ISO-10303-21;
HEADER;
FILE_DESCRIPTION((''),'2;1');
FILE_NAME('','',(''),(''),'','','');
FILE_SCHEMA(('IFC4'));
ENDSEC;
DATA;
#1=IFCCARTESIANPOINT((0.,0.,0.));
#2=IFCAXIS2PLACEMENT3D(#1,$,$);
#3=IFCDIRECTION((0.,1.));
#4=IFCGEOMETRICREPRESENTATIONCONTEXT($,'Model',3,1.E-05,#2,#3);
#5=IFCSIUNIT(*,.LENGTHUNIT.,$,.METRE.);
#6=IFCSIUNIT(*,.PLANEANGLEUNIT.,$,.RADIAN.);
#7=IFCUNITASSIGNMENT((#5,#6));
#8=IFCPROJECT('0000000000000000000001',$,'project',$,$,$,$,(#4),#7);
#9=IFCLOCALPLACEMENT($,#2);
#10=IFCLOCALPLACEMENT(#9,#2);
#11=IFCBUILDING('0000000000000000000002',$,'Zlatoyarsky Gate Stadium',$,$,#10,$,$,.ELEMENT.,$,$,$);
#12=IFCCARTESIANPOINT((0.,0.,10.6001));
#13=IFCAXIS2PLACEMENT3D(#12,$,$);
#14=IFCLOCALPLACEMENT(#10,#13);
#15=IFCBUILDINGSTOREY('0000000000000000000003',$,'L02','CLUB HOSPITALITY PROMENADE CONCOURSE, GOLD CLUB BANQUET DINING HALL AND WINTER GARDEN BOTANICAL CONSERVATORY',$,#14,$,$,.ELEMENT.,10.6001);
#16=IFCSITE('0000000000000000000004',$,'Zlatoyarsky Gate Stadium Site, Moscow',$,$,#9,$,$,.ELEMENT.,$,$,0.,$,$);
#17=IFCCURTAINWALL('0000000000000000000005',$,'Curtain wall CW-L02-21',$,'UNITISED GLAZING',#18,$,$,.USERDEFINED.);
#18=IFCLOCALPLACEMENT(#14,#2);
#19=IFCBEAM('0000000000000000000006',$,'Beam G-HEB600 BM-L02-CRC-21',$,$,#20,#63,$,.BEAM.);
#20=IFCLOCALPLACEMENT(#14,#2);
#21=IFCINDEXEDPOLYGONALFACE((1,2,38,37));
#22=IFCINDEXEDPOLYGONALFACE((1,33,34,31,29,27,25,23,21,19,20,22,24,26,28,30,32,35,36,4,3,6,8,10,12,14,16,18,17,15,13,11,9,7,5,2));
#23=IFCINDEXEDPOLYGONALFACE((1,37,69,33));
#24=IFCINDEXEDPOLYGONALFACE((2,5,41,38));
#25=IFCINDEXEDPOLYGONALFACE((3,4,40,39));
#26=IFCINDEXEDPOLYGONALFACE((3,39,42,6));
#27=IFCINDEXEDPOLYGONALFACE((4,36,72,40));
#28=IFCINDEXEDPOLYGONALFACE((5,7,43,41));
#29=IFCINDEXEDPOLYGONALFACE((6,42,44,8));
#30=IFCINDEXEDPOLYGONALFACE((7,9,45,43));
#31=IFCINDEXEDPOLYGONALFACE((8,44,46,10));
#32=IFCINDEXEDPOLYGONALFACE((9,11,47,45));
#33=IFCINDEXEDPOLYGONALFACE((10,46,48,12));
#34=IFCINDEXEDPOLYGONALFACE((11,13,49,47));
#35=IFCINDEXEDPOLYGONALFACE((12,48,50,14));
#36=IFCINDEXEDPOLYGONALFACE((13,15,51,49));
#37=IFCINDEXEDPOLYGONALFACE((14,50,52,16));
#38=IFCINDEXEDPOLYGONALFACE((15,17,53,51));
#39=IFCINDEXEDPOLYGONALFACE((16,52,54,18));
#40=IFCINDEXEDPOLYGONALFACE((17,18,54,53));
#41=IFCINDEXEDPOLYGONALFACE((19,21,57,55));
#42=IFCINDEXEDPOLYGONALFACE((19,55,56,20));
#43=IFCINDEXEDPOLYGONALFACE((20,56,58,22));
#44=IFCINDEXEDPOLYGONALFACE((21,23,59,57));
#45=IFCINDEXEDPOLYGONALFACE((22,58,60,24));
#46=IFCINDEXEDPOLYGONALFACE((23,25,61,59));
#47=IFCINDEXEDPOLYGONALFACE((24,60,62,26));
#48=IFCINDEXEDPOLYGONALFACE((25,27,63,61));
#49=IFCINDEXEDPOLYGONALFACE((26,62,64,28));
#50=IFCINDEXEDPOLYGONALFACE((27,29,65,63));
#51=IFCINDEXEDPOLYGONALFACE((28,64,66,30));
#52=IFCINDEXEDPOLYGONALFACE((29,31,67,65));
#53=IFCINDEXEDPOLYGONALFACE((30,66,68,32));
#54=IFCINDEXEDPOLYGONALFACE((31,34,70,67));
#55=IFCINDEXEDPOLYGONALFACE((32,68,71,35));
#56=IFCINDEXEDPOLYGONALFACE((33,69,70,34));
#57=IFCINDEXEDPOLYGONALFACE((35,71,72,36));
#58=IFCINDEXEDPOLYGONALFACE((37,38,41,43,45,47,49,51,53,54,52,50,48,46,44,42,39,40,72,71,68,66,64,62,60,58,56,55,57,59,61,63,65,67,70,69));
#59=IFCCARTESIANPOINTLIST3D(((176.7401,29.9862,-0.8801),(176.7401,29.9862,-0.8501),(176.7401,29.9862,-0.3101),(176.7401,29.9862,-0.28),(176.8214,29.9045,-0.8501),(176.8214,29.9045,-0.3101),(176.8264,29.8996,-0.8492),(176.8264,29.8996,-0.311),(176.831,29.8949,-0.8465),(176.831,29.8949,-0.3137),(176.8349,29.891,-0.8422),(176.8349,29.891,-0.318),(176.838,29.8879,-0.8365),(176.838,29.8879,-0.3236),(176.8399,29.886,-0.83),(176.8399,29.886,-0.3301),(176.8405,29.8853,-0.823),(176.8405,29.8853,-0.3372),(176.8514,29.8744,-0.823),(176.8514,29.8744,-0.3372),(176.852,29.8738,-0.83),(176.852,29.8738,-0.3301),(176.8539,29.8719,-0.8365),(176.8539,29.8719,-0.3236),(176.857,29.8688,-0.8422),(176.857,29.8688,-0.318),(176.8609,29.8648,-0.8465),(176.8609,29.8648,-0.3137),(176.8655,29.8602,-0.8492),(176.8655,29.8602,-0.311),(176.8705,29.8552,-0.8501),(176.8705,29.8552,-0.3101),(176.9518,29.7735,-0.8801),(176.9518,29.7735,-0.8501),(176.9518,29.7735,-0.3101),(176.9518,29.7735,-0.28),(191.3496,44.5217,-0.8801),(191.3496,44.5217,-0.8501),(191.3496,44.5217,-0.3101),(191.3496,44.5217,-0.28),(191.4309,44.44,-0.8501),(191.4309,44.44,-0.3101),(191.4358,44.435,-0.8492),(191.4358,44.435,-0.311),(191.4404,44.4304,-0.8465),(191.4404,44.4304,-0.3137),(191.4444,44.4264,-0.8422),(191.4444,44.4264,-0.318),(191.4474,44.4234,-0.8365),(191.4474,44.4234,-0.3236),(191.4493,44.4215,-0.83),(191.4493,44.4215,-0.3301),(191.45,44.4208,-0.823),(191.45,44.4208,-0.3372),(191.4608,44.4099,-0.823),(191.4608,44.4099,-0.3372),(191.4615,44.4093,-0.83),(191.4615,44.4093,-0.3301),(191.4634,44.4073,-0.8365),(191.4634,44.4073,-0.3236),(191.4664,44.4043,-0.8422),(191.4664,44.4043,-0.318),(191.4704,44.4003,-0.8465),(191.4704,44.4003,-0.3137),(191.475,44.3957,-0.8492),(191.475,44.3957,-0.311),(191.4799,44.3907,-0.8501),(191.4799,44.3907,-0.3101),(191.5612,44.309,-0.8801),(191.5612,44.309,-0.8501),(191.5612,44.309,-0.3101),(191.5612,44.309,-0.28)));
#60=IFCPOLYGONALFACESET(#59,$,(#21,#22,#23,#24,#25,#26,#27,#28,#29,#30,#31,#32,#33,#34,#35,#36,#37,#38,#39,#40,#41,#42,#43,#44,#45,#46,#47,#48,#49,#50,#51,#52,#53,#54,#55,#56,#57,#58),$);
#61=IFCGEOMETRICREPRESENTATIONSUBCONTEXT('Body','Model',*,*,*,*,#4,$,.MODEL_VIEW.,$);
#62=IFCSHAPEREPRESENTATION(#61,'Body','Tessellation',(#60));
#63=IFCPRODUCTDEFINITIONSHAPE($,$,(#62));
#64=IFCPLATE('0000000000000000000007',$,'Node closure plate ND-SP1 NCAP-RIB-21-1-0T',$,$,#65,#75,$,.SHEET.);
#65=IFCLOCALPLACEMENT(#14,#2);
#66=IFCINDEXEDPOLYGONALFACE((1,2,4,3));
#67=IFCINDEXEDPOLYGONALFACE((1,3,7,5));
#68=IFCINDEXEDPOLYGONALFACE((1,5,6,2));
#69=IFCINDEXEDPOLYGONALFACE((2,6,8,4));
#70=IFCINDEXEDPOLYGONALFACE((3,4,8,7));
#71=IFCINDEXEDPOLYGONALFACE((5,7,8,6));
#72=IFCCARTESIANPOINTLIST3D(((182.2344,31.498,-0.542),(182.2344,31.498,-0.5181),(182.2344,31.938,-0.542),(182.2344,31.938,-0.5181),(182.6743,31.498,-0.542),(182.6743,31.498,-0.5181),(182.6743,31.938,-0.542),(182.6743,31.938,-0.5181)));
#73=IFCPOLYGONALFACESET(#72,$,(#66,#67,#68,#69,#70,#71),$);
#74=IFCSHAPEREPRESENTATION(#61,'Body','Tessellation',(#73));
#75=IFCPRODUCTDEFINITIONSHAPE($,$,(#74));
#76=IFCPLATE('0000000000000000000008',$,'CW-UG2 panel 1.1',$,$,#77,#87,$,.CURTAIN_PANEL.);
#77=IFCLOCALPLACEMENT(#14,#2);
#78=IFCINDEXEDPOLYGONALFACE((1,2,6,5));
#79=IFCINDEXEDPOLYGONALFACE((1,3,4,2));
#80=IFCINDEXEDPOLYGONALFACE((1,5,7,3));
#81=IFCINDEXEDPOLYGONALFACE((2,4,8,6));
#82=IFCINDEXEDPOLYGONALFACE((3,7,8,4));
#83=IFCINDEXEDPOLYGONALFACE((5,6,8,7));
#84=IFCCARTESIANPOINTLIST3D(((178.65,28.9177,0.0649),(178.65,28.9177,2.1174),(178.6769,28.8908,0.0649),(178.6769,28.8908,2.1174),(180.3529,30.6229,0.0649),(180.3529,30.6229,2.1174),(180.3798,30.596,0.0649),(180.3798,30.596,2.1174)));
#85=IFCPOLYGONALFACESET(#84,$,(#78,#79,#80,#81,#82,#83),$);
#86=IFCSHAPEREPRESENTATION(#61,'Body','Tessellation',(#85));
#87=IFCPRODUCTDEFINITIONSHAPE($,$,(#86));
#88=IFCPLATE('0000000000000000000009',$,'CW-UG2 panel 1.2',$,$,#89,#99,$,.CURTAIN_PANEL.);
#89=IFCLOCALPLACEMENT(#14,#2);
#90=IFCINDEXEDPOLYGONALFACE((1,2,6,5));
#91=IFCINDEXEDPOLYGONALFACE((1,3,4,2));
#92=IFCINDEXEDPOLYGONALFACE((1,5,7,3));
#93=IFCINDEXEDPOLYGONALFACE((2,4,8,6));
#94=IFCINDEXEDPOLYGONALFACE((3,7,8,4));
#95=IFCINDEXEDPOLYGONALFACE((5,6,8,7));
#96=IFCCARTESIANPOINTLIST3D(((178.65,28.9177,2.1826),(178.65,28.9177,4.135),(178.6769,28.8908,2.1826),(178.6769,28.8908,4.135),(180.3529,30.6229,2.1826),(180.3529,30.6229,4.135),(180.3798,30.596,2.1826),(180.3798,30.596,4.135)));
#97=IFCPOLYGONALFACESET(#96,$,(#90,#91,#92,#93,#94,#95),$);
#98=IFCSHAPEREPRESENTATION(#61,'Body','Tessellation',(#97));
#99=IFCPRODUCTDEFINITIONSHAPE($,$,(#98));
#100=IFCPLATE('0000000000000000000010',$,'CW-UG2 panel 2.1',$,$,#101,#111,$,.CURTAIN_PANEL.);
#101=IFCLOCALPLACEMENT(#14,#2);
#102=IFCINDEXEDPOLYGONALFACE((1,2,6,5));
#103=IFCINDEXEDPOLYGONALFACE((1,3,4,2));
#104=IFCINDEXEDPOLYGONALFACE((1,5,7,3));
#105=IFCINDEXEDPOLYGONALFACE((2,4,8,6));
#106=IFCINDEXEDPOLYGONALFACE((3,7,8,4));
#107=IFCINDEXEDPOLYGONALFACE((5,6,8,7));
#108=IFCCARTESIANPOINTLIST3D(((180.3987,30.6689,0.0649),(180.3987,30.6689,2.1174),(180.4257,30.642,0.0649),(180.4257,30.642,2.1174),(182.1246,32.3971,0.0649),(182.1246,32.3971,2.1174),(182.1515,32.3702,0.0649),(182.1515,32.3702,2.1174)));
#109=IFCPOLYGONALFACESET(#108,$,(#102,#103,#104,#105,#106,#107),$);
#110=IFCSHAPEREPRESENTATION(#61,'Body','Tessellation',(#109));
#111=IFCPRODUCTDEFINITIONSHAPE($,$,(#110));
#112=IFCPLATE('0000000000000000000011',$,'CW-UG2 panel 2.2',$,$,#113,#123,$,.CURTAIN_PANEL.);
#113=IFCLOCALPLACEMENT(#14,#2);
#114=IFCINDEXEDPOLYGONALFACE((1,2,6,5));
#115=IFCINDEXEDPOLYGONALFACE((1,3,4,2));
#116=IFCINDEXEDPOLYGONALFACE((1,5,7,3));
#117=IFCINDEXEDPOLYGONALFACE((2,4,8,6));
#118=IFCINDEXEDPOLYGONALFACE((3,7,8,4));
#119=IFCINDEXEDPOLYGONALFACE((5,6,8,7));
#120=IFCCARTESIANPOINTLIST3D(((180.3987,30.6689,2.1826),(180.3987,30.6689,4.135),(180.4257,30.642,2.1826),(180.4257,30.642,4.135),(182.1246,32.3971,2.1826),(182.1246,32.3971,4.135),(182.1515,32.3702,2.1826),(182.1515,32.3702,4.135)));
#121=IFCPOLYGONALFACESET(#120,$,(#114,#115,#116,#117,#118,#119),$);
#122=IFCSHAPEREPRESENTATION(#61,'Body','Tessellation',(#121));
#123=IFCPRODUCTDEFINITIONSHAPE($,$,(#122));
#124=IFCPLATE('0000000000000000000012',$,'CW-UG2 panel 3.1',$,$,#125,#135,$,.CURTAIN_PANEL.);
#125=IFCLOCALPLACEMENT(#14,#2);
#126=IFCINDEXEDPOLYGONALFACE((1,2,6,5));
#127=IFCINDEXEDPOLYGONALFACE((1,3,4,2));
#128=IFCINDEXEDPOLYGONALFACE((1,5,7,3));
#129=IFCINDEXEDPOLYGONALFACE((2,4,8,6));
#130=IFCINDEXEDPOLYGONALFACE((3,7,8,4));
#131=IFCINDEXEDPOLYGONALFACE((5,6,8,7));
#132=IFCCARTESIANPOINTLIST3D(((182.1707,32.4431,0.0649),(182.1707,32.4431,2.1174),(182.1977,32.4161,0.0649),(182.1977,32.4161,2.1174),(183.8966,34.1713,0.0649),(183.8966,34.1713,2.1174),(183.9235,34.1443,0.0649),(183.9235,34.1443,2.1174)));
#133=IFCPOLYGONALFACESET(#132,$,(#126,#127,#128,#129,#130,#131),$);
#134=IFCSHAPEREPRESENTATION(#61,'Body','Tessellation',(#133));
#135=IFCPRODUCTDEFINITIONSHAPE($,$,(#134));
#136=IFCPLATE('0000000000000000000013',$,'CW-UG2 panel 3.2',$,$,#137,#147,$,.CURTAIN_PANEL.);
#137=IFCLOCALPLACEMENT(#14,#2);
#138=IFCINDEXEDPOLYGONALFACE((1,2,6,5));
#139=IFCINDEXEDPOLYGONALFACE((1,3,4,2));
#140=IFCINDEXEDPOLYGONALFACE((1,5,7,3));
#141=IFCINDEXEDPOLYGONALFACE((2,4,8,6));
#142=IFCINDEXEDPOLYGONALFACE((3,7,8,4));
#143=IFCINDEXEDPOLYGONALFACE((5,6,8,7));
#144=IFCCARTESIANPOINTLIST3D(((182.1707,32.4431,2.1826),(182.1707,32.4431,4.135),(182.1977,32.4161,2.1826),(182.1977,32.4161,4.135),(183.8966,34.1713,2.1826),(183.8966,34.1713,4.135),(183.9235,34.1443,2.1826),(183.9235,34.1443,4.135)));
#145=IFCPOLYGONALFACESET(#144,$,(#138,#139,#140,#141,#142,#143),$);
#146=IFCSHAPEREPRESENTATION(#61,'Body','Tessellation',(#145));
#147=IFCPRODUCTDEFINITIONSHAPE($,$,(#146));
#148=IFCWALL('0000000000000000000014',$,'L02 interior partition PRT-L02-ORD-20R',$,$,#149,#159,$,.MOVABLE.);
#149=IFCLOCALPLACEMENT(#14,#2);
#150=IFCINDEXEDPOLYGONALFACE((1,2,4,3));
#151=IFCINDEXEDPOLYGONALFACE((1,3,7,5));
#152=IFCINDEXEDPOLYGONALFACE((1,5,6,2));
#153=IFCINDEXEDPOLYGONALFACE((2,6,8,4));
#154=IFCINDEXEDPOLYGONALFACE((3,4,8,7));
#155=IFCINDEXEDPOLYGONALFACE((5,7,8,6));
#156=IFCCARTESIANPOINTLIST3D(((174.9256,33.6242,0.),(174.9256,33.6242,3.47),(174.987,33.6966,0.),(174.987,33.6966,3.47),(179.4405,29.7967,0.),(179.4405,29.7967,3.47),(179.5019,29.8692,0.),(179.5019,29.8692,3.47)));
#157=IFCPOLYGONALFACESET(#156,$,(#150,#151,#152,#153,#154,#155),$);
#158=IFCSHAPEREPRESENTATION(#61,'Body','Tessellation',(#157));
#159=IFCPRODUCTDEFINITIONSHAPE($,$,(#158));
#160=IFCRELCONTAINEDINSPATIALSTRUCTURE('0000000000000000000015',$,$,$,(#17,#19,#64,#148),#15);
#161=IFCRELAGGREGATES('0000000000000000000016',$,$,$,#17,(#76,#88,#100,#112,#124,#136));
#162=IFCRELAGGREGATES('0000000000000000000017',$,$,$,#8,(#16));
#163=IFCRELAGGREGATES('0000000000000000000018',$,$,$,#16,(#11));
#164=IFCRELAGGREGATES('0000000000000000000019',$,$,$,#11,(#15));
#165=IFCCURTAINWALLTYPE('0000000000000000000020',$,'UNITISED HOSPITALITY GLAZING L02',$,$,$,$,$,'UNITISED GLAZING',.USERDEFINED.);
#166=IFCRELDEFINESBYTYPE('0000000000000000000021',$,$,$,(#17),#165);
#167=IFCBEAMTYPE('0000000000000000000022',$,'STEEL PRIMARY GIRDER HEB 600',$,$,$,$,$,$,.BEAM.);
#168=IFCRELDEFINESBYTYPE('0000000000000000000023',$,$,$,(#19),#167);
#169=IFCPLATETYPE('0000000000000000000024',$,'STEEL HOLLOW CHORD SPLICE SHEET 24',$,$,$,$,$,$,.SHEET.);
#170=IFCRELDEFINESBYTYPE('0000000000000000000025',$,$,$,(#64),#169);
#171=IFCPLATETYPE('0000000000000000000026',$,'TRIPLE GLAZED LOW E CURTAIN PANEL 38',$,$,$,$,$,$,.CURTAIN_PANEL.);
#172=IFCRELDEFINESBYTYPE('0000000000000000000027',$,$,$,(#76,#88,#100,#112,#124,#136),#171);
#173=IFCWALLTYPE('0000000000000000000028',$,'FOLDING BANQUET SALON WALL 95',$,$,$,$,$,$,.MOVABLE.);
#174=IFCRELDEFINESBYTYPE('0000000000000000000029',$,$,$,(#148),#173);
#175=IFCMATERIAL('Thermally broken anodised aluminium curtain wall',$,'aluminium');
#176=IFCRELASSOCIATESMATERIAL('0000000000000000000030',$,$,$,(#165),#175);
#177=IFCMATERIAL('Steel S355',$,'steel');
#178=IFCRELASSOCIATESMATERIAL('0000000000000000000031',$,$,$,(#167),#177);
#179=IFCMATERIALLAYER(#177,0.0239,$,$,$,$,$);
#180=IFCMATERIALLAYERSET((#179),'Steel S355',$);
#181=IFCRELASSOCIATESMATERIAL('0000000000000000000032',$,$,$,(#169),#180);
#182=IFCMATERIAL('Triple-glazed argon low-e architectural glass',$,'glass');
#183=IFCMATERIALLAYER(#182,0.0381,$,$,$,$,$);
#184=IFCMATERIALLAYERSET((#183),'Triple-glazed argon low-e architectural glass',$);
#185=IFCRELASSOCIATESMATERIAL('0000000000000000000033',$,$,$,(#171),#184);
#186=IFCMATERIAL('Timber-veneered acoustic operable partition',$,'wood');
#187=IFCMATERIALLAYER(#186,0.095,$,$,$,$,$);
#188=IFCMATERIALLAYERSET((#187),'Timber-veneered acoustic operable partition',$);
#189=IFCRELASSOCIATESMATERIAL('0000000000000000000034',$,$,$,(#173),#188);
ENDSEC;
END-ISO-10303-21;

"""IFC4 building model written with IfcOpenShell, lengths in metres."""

from ifc_helpers import new_model, si_unit, direction, frame, frame_2d, origin, origin_2d, place, context, subcontext, project, spatial, rectangle, i_section, extrude, material, layer, layer_set, material_profile, profile_set, type_object, element, aggregate, save


model = new_model("IFC4")

# Units and contexts
model_context = context("Model", 3, precision=1e-05, world=origin(), true_north=direction((0.0, 1.0)))
body_context = subcontext(model_context, "Body", "Model", "MODEL_VIEW")
ifc_project = project(units=[si_unit("LENGTHUNIT", "METRE"), si_unit("PLANEANGLEUNIT", "RADIAN")], contexts=[model_context])

# Site, building, storey
site_placement = place(None, origin())
site = spatial("IfcSite", under=ifc_project, at=site_placement, Name="Zlatoyarsky Gate Stadium Site, Moscow", CompositionType="ELEMENT", RefElevation=0.0)
building_placement = place(site_placement, origin())
building = spatial("IfcBuilding", under=site, at=building_placement, Name="Zlatoyarsky Gate Stadium", CompositionType="ELEMENT")
storey_placement = place(building_placement, frame((0.0, 0.0, 10.6001)))
storey = spatial("IfcBuildingStorey", under=building, at=storey_placement, Name="L02", Description="CLUB HOSPITALITY PROMENADE CONCOURSE, GOLD CLUB BANQUET DINING HALL AND WINTER GARDEN BOTANICAL CONSERVATORY", CompositionType="ELEMENT", Elevation=10.6001)

# Shared definitions
ifc_material_1 = material(Name="Steel S355", Category="steel")

# Shared definitions
ifc_material_2 = material(Name="Thermally broken anodised aluminium curtain wall", Category="aluminium")
curtain_wall_type = type_object("IfcCurtainWallType", Name="UNITISED HOSPITALITY GLAZING L02", ElementType="UNITISED GLAZING", PredefinedType="USERDEFINED", material=ifc_material_2)

# Curtain wall
curtain_wall_1_placement = place(storey_placement, origin())
curtain_wall_1 = element("IfcCurtainWall", 1, at=curtain_wall_1_placement, inside=storey, type_object=curtain_wall_type, Name="Curtain wall CW-L02-21", ObjectType="UNITISED GLAZING", PredefinedType="USERDEFINED")

# Beam
ifc_material_profile_1 = material_profile(ifc_material_1, i_section(OverallWidth=0.3, OverallDepth=0.6001, WebThickness=0.0154, FlangeThickness=0.03, FilletRadius=0.0271, at=origin_2d()), Name="HEB 600")
ifc_profile_set_1 = profile_set([ifc_material_profile_1], Name="Steel S355")
beam_type_1 = type_object("IfcBeamType", Name="STEEL PRIMARY GIRDER HEB 600", PredefinedType="BEAM", material=ifc_profile_set_1)
beam_1_placement = place(storey_placement, frame((176.8459, 29.8799, -0.5801), z_axis=(0.708899, 0.70531, 0.0), x_axis=(-0.70531, 0.708899, 0.0)))
element("IfcBeam", 2, at=beam_1_placement, inside=storey, type_object=beam_type_1, Name="Beam G-HEB600 BM-L02-CRC-21", PredefinedType="BEAM", context=body_context, shape_type="SweptSolid", body=[
    extrude(i_section(OverallWidth=0.3, OverallDepth=0.6001, WebThickness=0.0154, FlangeThickness=0.03, FilletRadius=0.0271, at=origin_2d()), origin(), (0.0, 0.0, 1.0), 20.6086),
])

# Plates
ifc_layer_1 = layer(ifc_material_1, 0.0239)
ifc_layer_set_1 = layer_set([ifc_layer_1], Name="Steel S355")
plate_type_1 = type_object("IfcPlateType", Name="STEEL HOLLOW CHORD SPLICE SHEET 24", PredefinedType="SHEET", material=ifc_layer_set_1)
plate_1_placement = place(storey_placement, frame((182.4543, 31.718, -0.542), z_axis=(0.0, 0.0, 1.0), x_axis=(1.0, 0.0, 0.0)))
element("IfcPlate", 3, at=plate_1_placement, inside=storey, type_object=plate_type_1, Name="Node closure plate ND-SP1 NCAP-RIB-21-1-0T", PredefinedType="SHEET", context=body_context, shape_type="SweptSolid", body=[
    extrude(rectangle(XDim=0.4399, YDim=0.4399, at=origin_2d()), origin(), (0.0, 0.0, 1.0), 0.0239),
])
ifc_material_3 = material(Name="Triple-glazed argon low-e architectural glass", Category="glass")
ifc_layer_2 = layer(ifc_material_3, 0.0381)
ifc_layer_set_2 = layer_set([ifc_layer_2], Name="Triple-glazed argon low-e architectural glass")
plate_type_2 = type_object("IfcPlateType", Name="TRIPLE GLAZED LOW E CURTAIN PANEL 38", PredefinedType="CURTAIN_PANEL", material=ifc_layer_set_2)
plate_2_placement = place(storey_placement, frame((179.5149, 29.7568, 0.0649), z_axis=(0.0, 0.0, 1.0), x_axis=(0.706628, 0.707585, 0.0)))
plate_2 = element("IfcPlate", 4, at=plate_2_placement, type_object=plate_type_2, Name="CW-UG2 panel 1.1", PredefinedType="CURTAIN_PANEL", context=body_context, shape_type="SweptSolid", body=[
    extrude(rectangle(XDim=2.4099, YDim=0.0381, at=origin_2d()), origin(), (0.0, 0.0, 1.0), 2.0525),
])
plate_3_placement = place(storey_placement, frame((179.5149, 29.7568, 2.1826), z_axis=(0.0, 0.0, 1.0), x_axis=(0.706628, 0.707585, 0.0)))
plate_3 = element("IfcPlate", 5, at=plate_3_placement, type_object=plate_type_2, Name="CW-UG2 panel 1.2", PredefinedType="CURTAIN_PANEL", context=body_context, shape_type="SweptSolid", body=[
    extrude(rectangle(XDim=2.4099, YDim=0.0381, at=origin_2d()), origin(), (0.0, 0.0, 1.0), 1.9524),
])
plate_4_placement = place(storey_placement, frame((181.2751, 31.5195, 0.0649), z_axis=(0.0, 0.0, 1.0), x_axis=(0.706628, 0.707585, 0.0)))
plate_4 = element("IfcPlate", 6, at=plate_4_placement, type_object=plate_type_2, Name="CW-UG2 panel 2.1", PredefinedType="CURTAIN_PANEL", context=body_context, shape_type="SweptSolid", body=[
    extrude(rectangle(XDim=2.4424, YDim=0.0381, at=origin_2d()), origin(), (0.0, 0.0, 1.0), 2.0525),
])
plate_5_placement = place(storey_placement, frame((181.2751, 31.5195, 2.1826), z_axis=(0.0, 0.0, 1.0), x_axis=(0.706628, 0.707585, 0.0)))
plate_5 = element("IfcPlate", 7, at=plate_5_placement, type_object=plate_type_2, Name="CW-UG2 panel 2.2", PredefinedType="CURTAIN_PANEL", context=body_context, shape_type="SweptSolid", body=[
    extrude(rectangle(XDim=2.4424, YDim=0.0381, at=origin_2d()), origin(), (0.0, 0.0, 1.0), 1.9524),
])
plate_6_placement = place(storey_placement, frame((183.0471, 33.2937, 0.0649), z_axis=(0.0, 0.0, 1.0), x_axis=(0.706628, 0.707585, 0.0)))
plate_6 = element("IfcPlate", 8, at=plate_6_placement, type_object=plate_type_2, Name="CW-UG2 panel 3.1", PredefinedType="CURTAIN_PANEL", context=body_context, shape_type="SweptSolid", body=[
    extrude(rectangle(XDim=2.4424, YDim=0.0381, at=origin_2d()), origin(), (0.0, 0.0, 1.0), 2.0525),
])
plate_7_placement = place(storey_placement, frame((183.0471, 33.2937, 2.1826), z_axis=(0.0, 0.0, 1.0), x_axis=(0.706628, 0.707585, 0.0)))
plate_7 = element("IfcPlate", 9, at=plate_7_placement, type_object=plate_type_2, Name="CW-UG2 panel 3.2", PredefinedType="CURTAIN_PANEL", context=body_context, shape_type="SweptSolid", body=[
    extrude(rectangle(XDim=2.4424, YDim=0.0381, at=origin_2d()), origin(), (0.0, 0.0, 1.0), 1.9524),
])
aggregate(curtain_wall_1, [plate_2, plate_3, plate_4, plate_5, plate_6, plate_7])

# Wall
ifc_material_4 = material(Name="Timber-veneered acoustic operable partition", Category="wood")
ifc_layer_3 = layer(ifc_material_4, 0.095)
ifc_layer_set_3 = layer_set([ifc_layer_3], Name="Timber-veneered acoustic operable partition")
wall_type = type_object("IfcWallType", Name="FOLDING BANQUET SALON WALL 95", PredefinedType="MOVABLE", material=ifc_layer_set_3)
wall_placement = place(storey_placement, frame((174.9563, 33.6604, 0.0), z_axis=(0.0, 0.0, 1.0), x_axis=(0.762795, -0.646641, 0.0)))
element("IfcWall", 10, at=wall_placement, inside=storey, type_object=wall_type, Name="L02 interior partition PRT-L02-ORD-20R", PredefinedType="MOVABLE", context=body_context, shape_type="SweptSolid", body=[
    extrude(rectangle(XDim=5.9189, YDim=0.095, at=frame_2d((2.9595, 0.0))), origin(), (0.0, 0.0, 1.0), 3.47),
])

save(model, "model.ifc")
